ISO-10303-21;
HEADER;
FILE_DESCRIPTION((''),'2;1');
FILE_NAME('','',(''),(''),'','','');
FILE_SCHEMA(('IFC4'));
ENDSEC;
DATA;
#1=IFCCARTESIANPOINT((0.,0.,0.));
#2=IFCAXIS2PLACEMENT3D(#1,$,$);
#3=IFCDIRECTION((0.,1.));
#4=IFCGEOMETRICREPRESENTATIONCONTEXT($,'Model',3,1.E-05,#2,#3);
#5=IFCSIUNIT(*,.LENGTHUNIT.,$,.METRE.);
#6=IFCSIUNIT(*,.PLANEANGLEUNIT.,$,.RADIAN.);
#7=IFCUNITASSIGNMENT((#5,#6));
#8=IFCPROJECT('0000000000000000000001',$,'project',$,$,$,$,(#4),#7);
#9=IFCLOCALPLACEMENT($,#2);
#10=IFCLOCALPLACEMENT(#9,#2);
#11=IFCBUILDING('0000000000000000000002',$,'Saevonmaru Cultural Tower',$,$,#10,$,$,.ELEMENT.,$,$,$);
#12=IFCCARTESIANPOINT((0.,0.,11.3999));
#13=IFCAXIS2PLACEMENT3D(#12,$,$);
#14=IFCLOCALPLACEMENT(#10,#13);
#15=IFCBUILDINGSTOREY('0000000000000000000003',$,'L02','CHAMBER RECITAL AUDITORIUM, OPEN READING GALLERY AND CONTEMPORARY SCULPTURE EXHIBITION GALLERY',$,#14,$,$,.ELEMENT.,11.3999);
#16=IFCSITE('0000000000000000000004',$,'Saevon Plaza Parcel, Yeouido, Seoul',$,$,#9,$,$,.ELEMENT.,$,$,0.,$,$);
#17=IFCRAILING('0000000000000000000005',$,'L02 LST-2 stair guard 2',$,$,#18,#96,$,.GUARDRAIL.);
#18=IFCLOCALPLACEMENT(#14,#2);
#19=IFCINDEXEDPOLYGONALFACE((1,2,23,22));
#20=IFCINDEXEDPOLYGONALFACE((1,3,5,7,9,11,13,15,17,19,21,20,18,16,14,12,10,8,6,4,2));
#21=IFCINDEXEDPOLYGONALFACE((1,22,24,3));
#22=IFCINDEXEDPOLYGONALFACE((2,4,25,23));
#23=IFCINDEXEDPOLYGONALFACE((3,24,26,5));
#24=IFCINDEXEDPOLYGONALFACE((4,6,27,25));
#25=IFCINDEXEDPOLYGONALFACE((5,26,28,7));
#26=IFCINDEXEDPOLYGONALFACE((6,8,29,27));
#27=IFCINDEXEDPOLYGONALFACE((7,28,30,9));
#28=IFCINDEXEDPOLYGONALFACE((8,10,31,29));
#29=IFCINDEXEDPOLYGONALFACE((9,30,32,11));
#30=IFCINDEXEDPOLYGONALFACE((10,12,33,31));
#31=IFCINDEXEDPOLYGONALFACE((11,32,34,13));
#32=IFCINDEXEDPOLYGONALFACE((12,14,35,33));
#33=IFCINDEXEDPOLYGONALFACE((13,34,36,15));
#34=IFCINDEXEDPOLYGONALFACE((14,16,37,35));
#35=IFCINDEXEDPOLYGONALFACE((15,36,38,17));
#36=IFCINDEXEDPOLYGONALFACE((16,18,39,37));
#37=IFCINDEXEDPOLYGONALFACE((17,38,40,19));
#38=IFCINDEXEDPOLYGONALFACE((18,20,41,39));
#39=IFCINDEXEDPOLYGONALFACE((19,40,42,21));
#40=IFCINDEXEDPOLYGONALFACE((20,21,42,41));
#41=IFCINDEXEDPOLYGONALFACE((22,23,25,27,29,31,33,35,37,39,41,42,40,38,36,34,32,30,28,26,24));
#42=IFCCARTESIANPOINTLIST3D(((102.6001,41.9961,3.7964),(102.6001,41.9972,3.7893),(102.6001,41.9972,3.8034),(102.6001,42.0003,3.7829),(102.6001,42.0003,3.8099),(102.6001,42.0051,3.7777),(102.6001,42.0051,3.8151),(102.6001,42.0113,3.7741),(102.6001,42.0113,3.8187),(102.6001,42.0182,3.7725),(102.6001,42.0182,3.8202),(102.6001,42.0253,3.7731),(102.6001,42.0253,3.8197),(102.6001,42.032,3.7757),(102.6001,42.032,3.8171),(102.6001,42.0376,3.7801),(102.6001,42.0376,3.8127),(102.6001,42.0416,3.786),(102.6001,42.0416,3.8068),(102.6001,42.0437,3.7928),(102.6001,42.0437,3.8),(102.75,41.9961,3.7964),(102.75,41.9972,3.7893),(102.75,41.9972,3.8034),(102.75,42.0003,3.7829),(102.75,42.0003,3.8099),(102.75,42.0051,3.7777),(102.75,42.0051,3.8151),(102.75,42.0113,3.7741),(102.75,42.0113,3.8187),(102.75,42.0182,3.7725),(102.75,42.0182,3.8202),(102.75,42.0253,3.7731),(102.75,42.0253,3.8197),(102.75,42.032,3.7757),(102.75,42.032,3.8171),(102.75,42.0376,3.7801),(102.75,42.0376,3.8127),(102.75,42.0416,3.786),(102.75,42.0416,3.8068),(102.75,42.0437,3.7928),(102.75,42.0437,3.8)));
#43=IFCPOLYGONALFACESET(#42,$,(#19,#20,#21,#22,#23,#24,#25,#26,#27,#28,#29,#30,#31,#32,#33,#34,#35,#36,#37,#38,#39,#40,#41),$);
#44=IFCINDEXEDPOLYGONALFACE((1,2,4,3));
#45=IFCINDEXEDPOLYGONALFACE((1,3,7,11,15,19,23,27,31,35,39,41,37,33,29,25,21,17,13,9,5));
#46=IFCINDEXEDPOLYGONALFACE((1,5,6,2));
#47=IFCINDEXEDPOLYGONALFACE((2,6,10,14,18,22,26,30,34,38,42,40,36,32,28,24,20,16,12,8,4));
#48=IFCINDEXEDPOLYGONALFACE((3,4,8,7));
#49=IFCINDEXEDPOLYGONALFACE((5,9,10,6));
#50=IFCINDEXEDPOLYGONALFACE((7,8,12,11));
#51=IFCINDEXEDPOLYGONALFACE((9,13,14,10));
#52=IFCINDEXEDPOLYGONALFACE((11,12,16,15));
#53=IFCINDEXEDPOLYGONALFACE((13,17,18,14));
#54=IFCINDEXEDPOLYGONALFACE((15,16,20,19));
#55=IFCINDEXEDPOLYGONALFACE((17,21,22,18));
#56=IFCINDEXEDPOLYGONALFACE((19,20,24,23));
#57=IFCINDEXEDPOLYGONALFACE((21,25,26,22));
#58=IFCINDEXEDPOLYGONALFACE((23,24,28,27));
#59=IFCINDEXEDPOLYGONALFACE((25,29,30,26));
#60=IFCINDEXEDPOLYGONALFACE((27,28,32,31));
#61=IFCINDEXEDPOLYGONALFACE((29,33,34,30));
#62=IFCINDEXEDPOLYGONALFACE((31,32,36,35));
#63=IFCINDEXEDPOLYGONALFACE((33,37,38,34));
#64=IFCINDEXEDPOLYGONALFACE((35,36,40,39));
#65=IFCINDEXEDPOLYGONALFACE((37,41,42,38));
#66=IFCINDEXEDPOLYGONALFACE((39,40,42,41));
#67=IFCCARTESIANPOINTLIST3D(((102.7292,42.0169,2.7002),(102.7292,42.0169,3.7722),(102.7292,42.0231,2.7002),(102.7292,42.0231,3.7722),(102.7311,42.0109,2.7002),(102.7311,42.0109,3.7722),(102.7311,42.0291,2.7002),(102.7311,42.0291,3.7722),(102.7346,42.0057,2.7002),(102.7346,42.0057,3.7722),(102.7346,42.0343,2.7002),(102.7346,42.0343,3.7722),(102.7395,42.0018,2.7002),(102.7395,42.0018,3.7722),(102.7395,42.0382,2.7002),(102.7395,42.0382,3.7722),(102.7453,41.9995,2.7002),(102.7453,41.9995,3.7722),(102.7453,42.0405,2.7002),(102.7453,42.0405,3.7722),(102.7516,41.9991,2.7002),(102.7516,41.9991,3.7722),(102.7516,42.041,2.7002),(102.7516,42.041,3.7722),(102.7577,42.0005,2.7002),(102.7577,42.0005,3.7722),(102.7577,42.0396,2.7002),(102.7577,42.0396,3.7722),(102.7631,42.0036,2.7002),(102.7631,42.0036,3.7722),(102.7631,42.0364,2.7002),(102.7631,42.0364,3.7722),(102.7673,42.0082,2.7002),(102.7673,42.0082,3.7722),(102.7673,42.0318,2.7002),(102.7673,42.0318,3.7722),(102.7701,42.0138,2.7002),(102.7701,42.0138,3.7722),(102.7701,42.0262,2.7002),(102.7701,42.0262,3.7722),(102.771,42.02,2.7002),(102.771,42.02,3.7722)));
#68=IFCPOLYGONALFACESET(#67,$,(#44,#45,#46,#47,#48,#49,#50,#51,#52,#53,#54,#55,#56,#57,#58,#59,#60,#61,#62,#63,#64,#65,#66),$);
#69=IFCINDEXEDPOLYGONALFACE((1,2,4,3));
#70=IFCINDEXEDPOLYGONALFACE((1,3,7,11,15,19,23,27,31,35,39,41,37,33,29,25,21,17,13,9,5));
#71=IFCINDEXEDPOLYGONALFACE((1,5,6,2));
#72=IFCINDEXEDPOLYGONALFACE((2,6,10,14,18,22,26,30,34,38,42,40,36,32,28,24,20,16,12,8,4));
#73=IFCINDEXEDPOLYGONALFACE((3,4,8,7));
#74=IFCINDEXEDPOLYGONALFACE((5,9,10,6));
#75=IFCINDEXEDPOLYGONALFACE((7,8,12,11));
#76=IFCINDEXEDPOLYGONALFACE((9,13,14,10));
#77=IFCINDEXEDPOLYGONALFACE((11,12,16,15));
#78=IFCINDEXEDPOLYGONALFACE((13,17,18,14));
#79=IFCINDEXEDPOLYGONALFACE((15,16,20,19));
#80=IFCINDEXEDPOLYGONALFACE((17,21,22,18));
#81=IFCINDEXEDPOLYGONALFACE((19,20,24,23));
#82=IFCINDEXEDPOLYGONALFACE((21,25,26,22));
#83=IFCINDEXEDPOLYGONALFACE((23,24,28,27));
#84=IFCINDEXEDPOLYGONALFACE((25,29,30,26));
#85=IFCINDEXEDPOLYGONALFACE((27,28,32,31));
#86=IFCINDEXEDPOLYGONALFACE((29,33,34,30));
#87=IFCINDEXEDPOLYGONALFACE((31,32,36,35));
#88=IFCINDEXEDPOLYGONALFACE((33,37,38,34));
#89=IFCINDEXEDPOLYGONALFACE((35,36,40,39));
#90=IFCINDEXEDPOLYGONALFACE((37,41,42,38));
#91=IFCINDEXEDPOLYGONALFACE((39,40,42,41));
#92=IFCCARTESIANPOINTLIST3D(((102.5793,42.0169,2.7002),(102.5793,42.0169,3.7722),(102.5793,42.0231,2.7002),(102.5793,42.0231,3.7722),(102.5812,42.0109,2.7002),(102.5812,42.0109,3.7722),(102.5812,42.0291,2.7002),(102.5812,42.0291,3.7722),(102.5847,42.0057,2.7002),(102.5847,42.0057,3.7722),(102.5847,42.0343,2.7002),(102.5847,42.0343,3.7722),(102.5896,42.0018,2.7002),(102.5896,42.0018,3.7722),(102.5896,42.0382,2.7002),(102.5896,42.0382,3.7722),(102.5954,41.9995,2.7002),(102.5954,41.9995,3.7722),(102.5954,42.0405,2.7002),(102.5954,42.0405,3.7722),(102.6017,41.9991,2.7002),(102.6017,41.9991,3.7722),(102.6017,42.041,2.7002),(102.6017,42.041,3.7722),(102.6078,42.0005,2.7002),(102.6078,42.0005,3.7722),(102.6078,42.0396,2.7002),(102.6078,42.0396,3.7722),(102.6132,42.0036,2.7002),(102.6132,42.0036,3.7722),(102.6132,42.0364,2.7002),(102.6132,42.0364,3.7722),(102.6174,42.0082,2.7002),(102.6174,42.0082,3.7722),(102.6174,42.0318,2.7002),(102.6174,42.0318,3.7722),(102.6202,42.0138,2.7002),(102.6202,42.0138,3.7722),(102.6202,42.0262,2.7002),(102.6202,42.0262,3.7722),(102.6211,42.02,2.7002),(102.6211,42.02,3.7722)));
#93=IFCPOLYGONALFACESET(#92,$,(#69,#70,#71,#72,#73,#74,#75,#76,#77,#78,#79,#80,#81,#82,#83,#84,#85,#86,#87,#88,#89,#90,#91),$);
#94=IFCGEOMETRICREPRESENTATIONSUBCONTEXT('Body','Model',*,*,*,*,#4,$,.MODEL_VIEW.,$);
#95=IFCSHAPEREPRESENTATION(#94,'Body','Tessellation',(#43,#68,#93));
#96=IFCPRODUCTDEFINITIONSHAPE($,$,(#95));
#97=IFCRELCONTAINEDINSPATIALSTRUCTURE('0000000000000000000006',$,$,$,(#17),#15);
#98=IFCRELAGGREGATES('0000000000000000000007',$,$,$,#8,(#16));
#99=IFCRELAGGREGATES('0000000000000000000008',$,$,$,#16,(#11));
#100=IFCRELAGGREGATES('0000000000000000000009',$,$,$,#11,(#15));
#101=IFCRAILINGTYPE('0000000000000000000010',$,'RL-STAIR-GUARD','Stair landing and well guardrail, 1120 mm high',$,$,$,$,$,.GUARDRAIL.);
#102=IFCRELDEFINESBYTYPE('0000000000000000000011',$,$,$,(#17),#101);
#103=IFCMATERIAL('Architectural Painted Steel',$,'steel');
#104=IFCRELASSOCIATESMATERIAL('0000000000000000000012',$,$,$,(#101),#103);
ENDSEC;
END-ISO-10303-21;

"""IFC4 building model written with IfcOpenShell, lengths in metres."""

from ifc_helpers import new_model, si_unit, direction, frame, origin, origin_2d, place, context, subcontext, project, spatial, circle, extrude, material, type_object, element, save


model = new_model("IFC4")

# Units and contexts
model_context = context("Model", 3, precision=1e-05, world=origin(), true_north=direction((0.0, 1.0)))
body_context = subcontext(model_context, "Body", "Model", "MODEL_VIEW")
ifc_project = project(units=[si_unit("LENGTHUNIT", "METRE"), si_unit("PLANEANGLEUNIT", "RADIAN")], contexts=[model_context])

# Site, building, storey
site_placement = place(None, origin())
site = spatial("IfcSite", under=ifc_project, at=site_placement, Name="Saevon Plaza Parcel, Yeouido, Seoul", CompositionType="ELEMENT", RefElevation=0.0)
building_placement = place(site_placement, origin())
building = spatial("IfcBuilding", under=site, at=building_placement, Name="Saevonmaru Cultural Tower", CompositionType="ELEMENT")
storey_placement = place(building_placement, frame((0.0, 0.0, 11.3999)))
storey = spatial("IfcBuildingStorey", under=building, at=storey_placement, Name="L02", Description="CHAMBER RECITAL AUDITORIUM, OPEN READING GALLERY AND CONTEMPORARY SCULPTURE EXHIBITION GALLERY", CompositionType="ELEMENT", Elevation=11.3999)

# Railing
ifc_material_1 = material(Name="Architectural Painted Steel", Category="steel")
railing_type_1 = type_object("IfcRailingType", Name="RL-STAIR-GUARD", Description="Stair landing and well guardrail, 1120 mm high", PredefinedType="GUARDRAIL", material=ifc_material_1)
railing_1_placement = place(storey_placement, frame((102.75, 42.02, 2.7002)))
element("IfcRailing", 1, at=railing_1_placement, inside=storey, type_object=railing_type_1, Name="L02 LST-2 stair guard 2", PredefinedType="GUARDRAIL", context=body_context, shape_type="SweptSolid", body=[
    extrude(circle(Radius=0.0239, at=origin_2d()), frame((0.0, 0.0, 1.0962), z_axis=(-1.0, 0.0, 0.0), x_axis=(0.0, -1.0, 0.0)), (0.0, 0.0, 1.0), 0.1499),
    extrude(circle(Radius=0.021, at=origin_2d()), origin(), (0.0, 0.0, 1.0), 1.072),
    extrude(circle(Radius=0.021, at=origin_2d()), frame((-0.1499, 0.0, 0.0)), (0.0, 0.0, 1.0), 1.072),
])

save(model, "model.ifc")
